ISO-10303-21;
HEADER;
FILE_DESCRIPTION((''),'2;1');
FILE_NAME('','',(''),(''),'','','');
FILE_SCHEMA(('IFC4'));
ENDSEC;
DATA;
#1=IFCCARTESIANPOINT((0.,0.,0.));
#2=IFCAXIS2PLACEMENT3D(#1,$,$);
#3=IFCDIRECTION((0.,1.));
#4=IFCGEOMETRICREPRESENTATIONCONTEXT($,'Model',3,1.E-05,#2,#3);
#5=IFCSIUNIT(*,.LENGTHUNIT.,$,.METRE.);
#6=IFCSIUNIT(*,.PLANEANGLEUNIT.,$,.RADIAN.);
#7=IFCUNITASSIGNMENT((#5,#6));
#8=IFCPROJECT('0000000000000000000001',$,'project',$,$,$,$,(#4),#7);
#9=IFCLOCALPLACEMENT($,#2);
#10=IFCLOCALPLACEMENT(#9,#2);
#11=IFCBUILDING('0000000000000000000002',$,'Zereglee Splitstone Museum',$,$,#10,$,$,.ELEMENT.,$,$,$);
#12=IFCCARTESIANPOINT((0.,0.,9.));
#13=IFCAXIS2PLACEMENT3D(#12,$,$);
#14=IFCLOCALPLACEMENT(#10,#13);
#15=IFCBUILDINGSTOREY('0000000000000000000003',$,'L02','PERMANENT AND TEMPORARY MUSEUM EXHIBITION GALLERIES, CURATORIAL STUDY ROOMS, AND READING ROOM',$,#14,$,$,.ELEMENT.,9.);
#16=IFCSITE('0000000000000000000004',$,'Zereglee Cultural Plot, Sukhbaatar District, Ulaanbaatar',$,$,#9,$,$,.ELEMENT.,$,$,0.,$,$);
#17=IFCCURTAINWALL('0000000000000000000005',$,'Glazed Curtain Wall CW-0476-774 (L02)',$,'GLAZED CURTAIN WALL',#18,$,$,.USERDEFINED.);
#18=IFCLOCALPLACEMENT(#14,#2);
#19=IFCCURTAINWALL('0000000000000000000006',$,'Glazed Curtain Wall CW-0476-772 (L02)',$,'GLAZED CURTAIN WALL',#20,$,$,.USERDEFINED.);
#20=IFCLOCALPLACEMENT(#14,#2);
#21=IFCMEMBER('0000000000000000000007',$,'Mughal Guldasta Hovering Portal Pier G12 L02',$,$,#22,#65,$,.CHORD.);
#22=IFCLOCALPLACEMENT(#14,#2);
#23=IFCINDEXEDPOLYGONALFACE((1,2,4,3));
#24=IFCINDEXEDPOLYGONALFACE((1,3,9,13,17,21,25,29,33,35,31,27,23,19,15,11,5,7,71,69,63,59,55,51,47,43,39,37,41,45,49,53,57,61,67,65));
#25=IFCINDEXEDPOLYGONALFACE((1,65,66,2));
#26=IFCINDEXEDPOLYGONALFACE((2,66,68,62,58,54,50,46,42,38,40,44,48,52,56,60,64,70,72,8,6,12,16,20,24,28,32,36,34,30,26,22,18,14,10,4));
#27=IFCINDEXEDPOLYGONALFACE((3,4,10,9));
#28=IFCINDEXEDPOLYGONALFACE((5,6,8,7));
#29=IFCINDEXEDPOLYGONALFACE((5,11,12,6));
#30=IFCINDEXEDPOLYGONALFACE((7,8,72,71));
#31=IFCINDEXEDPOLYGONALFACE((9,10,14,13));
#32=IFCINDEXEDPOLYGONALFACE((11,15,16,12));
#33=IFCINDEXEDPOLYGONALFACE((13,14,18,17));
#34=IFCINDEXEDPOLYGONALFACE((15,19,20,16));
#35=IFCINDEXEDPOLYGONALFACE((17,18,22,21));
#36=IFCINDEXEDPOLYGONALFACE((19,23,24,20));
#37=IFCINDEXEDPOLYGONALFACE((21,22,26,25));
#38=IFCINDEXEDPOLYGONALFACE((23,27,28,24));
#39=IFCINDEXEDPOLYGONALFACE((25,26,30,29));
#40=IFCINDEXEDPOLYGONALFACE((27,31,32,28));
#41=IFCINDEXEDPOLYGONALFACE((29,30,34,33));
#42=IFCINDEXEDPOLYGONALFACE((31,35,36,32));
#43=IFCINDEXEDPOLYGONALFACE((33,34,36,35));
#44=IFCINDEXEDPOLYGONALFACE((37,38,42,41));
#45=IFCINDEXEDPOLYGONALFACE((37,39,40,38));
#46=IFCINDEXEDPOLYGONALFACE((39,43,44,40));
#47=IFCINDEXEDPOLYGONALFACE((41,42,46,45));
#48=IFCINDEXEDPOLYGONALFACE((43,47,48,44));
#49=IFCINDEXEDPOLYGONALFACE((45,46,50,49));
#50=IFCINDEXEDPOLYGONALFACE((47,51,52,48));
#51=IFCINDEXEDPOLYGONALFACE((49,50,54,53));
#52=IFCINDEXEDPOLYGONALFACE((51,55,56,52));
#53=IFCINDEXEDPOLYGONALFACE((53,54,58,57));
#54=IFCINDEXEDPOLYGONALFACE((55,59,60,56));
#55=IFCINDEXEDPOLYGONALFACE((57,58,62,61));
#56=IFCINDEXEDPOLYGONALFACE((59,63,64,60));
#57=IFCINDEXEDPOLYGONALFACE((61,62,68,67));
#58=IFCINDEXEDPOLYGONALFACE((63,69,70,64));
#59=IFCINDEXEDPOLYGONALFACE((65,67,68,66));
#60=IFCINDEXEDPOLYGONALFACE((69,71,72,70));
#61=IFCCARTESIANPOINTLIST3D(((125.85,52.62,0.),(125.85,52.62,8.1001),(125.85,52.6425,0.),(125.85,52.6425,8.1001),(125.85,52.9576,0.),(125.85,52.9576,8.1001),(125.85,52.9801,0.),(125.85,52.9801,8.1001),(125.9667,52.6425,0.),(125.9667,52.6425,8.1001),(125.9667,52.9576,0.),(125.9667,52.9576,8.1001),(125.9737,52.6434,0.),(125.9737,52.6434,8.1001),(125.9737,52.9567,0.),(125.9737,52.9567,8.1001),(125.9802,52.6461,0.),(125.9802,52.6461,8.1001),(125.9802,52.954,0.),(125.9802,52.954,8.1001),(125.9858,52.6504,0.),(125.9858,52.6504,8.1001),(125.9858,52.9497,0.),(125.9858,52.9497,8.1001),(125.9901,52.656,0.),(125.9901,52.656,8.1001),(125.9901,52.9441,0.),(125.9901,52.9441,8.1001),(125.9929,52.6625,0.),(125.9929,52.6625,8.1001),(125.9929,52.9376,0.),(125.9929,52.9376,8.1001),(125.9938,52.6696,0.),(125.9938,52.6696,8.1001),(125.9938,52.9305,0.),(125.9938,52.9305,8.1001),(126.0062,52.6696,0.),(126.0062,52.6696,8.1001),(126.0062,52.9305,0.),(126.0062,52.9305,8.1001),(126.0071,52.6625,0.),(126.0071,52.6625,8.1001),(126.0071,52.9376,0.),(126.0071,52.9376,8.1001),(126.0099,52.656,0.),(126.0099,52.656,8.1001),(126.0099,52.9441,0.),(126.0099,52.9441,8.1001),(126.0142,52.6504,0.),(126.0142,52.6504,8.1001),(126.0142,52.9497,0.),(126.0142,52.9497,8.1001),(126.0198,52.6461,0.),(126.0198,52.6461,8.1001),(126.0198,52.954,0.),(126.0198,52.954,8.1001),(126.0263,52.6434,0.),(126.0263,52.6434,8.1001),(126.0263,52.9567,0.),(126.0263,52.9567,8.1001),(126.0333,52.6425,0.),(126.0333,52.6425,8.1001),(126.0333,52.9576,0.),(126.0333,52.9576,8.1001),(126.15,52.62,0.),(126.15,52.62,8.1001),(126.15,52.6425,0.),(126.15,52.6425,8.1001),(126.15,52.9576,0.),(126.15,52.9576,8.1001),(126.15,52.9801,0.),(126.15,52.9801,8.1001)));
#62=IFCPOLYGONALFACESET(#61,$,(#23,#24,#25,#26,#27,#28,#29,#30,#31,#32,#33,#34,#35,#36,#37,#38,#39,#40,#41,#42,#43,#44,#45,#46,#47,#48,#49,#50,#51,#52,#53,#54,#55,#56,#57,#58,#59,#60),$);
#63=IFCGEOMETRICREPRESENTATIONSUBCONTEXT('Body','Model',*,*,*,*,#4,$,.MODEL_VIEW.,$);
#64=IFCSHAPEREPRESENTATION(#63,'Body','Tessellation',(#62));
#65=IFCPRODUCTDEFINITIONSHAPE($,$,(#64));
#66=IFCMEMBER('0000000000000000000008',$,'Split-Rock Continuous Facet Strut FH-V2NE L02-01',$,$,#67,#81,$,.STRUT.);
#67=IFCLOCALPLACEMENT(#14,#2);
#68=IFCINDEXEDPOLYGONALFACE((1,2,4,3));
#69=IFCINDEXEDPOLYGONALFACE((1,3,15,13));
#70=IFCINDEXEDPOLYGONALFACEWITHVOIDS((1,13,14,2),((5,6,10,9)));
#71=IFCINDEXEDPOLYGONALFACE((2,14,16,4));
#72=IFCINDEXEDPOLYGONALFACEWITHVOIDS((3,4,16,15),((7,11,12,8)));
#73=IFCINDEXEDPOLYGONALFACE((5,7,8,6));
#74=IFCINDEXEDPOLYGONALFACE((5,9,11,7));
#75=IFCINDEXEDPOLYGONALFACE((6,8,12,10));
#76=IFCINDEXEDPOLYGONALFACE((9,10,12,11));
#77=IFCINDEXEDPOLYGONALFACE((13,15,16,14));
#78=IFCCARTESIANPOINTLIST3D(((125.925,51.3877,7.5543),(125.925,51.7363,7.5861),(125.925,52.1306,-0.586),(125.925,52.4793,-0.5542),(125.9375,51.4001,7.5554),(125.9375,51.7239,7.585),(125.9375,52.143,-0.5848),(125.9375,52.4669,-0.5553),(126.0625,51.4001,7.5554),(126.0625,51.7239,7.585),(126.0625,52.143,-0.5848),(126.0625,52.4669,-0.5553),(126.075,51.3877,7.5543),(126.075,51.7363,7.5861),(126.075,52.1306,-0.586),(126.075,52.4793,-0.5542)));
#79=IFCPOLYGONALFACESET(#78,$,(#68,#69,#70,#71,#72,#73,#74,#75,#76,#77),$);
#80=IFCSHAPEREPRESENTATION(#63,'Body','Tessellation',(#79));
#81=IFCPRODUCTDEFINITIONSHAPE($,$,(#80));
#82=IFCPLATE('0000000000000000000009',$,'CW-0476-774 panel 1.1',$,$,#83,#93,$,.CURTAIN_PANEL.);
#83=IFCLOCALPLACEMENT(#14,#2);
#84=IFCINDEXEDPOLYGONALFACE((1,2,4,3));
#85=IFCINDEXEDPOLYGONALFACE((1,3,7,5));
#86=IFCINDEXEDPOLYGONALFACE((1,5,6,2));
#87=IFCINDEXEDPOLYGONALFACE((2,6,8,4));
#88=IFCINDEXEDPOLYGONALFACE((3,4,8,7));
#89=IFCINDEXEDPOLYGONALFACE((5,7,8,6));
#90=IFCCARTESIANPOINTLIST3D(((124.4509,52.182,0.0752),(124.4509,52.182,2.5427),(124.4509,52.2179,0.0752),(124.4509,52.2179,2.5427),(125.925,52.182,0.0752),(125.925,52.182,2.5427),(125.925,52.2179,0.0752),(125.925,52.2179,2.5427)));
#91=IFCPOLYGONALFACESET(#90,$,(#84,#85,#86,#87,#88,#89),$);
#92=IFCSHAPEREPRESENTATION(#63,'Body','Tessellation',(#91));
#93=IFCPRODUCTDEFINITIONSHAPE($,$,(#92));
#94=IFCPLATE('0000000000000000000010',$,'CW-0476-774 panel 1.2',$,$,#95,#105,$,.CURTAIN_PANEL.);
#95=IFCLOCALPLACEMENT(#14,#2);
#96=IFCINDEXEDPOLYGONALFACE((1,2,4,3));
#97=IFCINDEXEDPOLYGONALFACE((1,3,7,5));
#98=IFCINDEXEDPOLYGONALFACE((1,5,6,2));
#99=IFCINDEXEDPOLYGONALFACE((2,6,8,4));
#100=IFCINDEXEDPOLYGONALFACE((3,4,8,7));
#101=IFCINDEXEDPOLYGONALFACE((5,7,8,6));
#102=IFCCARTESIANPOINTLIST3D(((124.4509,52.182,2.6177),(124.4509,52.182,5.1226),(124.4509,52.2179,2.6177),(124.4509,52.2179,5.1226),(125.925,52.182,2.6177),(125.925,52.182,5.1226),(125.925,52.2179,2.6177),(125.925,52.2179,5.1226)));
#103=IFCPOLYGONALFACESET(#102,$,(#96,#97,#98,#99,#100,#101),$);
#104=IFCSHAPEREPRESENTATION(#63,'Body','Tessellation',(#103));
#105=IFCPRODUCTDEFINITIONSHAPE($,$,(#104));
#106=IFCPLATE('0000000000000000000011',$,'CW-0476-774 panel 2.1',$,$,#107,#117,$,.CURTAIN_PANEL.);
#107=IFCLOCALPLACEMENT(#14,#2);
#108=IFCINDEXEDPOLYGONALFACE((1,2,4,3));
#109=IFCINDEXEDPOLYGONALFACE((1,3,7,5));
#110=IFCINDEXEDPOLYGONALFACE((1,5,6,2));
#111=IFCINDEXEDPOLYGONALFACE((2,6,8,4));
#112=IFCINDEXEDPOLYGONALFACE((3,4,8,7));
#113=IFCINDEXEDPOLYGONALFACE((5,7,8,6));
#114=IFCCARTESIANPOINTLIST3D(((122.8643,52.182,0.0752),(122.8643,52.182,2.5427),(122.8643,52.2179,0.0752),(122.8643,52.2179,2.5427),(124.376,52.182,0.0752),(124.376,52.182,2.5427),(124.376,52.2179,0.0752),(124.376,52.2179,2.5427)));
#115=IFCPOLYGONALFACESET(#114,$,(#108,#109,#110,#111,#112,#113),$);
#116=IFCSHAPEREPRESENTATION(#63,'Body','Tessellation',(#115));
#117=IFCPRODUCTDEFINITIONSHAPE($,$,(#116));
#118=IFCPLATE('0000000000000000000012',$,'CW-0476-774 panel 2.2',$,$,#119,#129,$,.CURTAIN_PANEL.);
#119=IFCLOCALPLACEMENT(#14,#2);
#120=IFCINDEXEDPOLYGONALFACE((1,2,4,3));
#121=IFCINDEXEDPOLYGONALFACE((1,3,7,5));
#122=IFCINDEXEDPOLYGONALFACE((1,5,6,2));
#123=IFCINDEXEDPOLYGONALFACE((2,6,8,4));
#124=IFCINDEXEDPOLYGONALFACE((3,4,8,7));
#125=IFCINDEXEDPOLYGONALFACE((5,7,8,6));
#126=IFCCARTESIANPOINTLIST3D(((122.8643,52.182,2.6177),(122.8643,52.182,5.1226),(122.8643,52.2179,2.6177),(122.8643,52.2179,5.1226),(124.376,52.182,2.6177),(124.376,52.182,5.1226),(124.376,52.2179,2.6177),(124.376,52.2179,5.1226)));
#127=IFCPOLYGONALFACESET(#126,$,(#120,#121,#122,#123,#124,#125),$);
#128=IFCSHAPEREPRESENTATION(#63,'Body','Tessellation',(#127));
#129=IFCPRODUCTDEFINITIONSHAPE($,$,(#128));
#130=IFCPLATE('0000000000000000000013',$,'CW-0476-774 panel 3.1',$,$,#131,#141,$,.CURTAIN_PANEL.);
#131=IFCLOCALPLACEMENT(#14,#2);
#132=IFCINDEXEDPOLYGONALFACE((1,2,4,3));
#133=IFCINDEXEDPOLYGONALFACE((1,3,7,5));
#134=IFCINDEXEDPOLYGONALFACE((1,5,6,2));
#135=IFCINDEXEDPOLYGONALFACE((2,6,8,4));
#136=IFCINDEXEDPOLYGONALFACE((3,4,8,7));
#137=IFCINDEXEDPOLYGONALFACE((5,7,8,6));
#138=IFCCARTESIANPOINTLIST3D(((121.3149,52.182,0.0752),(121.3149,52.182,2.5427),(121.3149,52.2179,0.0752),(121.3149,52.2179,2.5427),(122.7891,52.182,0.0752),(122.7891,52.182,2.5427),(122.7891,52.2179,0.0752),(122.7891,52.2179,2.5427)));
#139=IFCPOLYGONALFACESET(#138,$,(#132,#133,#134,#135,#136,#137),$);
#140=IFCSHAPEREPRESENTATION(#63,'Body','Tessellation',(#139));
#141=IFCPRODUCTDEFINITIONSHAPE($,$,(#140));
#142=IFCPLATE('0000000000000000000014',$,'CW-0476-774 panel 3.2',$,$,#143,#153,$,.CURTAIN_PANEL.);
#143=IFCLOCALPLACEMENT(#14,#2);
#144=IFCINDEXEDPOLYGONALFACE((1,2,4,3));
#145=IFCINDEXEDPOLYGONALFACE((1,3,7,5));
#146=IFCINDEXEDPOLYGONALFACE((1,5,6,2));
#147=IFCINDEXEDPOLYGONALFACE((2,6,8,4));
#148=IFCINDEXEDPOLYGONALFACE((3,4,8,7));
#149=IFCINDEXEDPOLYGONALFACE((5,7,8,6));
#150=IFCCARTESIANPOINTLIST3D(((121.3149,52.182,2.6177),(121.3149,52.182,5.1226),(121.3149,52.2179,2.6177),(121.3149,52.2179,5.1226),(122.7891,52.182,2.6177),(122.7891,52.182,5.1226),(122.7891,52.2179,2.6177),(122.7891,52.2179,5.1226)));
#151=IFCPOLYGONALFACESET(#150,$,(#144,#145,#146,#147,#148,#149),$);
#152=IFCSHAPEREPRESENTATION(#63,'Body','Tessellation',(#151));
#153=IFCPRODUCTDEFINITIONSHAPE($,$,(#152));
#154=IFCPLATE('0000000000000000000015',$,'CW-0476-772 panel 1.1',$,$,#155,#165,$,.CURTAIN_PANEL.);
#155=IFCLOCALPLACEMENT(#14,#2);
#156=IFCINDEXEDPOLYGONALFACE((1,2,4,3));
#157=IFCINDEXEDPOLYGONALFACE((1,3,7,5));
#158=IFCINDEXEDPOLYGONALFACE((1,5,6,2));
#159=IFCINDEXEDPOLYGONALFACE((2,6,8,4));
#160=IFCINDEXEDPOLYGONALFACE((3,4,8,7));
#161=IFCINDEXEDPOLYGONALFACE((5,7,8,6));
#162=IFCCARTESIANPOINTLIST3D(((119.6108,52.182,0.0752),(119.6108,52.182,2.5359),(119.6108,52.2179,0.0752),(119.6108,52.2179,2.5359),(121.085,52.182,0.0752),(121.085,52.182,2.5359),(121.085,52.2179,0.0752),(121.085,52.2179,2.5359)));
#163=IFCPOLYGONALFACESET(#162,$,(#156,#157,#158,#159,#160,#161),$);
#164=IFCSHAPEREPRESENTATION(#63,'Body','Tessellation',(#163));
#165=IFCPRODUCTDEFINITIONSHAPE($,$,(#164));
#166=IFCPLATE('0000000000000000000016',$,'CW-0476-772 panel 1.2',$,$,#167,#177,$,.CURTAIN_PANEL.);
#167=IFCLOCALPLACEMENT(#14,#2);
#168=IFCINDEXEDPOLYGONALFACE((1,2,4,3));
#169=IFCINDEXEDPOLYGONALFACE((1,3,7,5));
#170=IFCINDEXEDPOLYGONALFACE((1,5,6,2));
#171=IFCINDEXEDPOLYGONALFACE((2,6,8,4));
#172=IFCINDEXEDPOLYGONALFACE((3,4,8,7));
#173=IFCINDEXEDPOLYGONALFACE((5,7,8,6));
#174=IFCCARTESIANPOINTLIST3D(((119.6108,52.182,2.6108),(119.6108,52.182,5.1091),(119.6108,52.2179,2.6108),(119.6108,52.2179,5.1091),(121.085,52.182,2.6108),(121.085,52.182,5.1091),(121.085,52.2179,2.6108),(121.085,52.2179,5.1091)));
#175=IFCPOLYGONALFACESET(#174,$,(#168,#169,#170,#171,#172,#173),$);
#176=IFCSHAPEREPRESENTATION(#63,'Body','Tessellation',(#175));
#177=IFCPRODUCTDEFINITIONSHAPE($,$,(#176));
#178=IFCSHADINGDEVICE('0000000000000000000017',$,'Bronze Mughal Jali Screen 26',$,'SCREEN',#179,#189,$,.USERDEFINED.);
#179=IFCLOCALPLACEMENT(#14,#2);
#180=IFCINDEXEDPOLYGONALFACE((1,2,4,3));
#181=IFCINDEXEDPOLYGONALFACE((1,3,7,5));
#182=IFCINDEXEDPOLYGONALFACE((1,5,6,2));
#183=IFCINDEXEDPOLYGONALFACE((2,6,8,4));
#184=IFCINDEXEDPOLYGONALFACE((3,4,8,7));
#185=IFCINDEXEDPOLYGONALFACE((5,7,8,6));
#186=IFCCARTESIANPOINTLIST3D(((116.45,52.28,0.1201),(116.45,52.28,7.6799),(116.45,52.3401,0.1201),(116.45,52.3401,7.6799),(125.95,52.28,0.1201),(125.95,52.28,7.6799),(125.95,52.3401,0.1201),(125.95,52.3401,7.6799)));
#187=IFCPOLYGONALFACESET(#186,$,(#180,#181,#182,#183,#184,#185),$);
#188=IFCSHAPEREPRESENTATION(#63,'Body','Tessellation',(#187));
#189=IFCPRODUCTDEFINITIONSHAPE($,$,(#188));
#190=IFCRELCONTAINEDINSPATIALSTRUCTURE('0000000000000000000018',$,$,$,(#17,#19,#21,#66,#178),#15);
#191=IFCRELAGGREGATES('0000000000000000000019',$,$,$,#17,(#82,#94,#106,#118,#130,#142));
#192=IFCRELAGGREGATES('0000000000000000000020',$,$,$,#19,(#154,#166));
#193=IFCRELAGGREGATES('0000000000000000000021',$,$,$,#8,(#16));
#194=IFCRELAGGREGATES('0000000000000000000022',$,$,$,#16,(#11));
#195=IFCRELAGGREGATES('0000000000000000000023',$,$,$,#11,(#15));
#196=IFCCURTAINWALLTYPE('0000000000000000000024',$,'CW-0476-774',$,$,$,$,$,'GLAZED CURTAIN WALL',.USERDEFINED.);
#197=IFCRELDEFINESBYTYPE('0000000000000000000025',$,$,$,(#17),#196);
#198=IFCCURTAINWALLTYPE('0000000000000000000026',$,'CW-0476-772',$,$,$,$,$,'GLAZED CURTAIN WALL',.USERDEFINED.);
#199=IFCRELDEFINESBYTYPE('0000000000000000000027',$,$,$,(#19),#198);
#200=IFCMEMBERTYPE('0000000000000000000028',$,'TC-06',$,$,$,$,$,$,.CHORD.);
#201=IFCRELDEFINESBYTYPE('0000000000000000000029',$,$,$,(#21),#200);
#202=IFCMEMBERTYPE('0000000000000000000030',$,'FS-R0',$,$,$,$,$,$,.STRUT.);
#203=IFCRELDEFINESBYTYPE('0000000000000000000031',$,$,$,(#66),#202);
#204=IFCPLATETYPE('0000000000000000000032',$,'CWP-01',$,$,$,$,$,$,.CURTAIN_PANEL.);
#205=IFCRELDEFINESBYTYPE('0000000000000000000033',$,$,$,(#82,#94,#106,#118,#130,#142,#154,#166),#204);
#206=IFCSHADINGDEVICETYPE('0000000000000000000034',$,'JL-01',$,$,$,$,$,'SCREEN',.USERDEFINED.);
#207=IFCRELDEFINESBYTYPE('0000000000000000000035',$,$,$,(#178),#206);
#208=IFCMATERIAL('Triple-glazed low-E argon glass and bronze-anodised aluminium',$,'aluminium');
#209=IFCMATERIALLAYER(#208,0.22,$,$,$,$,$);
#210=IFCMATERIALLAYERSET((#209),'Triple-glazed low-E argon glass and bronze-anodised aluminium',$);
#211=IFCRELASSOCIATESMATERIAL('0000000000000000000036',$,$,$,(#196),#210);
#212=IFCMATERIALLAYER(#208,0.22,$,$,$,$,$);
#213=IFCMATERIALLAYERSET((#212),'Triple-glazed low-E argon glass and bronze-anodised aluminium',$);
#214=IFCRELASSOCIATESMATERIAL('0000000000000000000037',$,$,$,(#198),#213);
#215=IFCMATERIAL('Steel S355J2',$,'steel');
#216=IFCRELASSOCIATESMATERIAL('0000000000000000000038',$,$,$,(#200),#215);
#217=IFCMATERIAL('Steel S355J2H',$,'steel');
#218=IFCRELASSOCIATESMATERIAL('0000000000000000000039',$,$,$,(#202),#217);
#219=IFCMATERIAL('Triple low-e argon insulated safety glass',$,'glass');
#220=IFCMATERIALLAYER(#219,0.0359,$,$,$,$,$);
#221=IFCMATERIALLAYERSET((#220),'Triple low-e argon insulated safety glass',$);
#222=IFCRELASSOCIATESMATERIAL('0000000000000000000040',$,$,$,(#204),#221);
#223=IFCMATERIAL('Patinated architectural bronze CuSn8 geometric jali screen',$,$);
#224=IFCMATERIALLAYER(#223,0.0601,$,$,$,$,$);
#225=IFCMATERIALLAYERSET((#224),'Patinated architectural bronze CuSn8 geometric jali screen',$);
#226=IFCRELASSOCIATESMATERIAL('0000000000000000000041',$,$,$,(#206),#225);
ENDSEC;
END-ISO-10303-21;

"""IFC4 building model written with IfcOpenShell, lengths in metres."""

from ifc_helpers import new_model, si_unit, direction, frame, origin, origin_2d, place, context, subcontext, project, spatial, polyline, rectangle, hollow_rectangle, i_section, outline, extrude, material, layer, layer_set, material_profile, profile_set, type_object, element, aggregate, save


model = new_model("IFC4")

# Units and contexts
model_context = context("Model", 3, precision=1e-05, world=origin(), true_north=direction((0.0, 1.0)))
body_context = subcontext(model_context, "Body", "Model", "MODEL_VIEW")
ifc_project = project(units=[si_unit("LENGTHUNIT", "METRE"), si_unit("PLANEANGLEUNIT", "RADIAN")], contexts=[model_context])

# Site, building, storey
site_placement = place(None, origin())
site = spatial("IfcSite", under=ifc_project, at=site_placement, Name="Zereglee Cultural Plot, Sukhbaatar District, Ulaanbaatar", CompositionType="ELEMENT", RefElevation=0.0)
building_placement = place(site_placement, origin())
building = spatial("IfcBuilding", under=site, at=building_placement, Name="Zereglee Splitstone Museum", CompositionType="ELEMENT")
storey_placement = place(building_placement, frame((0.0, 0.0, 9.0)))
storey = spatial("IfcBuildingStorey", under=building, at=storey_placement, Name="L02", Description="PERMANENT AND TEMPORARY MUSEUM EXHIBITION GALLERIES, CURATORIAL STUDY ROOMS, AND READING ROOM", CompositionType="ELEMENT", Elevation=9.0)

# Curtain walls
ifc_material_1 = material(Name="Triple-glazed low-E argon glass and bronze-anodised aluminium", Category="aluminium")
ifc_layer_1 = layer(ifc_material_1, 0.22)
ifc_layer_set_1 = layer_set([ifc_layer_1], Name="Triple-glazed low-E argon glass and bronze-anodised aluminium")
curtain_wall_type_1 = type_object("IfcCurtainWallType", Name="CW-0476-774", ElementType="GLAZED CURTAIN WALL", PredefinedType="USERDEFINED", material=ifc_layer_set_1)
curtain_wall_1_placement = place(storey_placement, origin())
curtain_wall_1 = element("IfcCurtainWall", 1, at=curtain_wall_1_placement, inside=storey, type_object=curtain_wall_type_1, Name="Glazed Curtain Wall CW-0476-774 (L02)", ObjectType="GLAZED CURTAIN WALL", PredefinedType="USERDEFINED")
ifc_layer_2 = layer(ifc_material_1, 0.22)
ifc_layer_set_2 = layer_set([ifc_layer_2], Name="Triple-glazed low-E argon glass and bronze-anodised aluminium")
curtain_wall_type_2 = type_object("IfcCurtainWallType", Name="CW-0476-772", ElementType="GLAZED CURTAIN WALL", PredefinedType="USERDEFINED", material=ifc_layer_set_2)
curtain_wall_2_placement = place(storey_placement, origin())
curtain_wall_2 = element("IfcCurtainWall", 2, at=curtain_wall_2_placement, inside=storey, type_object=curtain_wall_type_2, Name="Glazed Curtain Wall CW-0476-772 (L02)", ObjectType="GLAZED CURTAIN WALL", PredefinedType="USERDEFINED")

# Members
ifc_material_2 = material(Name="Steel S355J2", Category="steel")
ifc_material_profile_1 = material_profile(ifc_material_2, i_section(OverallWidth=0.3, OverallDepth=0.3601, WebThickness=0.0125, FlangeThickness=0.0225, FilletRadius=0.0271, at=origin_2d()), Name="HE 360 B")
ifc_profile_set_1 = profile_set([ifc_material_profile_1], Name="Steel S355J2")
member_type_1 = type_object("IfcMemberType", Name="TC-06", PredefinedType="CHORD", material=ifc_profile_set_1)
for number, where, z_axis, x_axis, name in (
    (3, (126.0, 52.8, 0.0), (0.0, 0.0, 1.0), (1.0, 0.0, 0.0), "Mughal Guldasta Hovering Portal Pier G12 L02"),
):
    element("IfcMember", number, at=place(storey_placement, frame(where, z_axis=z_axis, x_axis=x_axis)), inside=storey, type_object=member_type_1, Name=name, PredefinedType="CHORD", context=body_context, shape_type="SweptSolid", body=[
        extrude(i_section(OverallWidth=0.3, OverallDepth=0.3601, WebThickness=0.0125, FlangeThickness=0.0225, FilletRadius=0.0271, at=origin_2d()), origin(), (0.0, 0.0, 1.0), 8.1001),
    ])
ifc_material_3 = material(Name="Steel S355J2H", Category="steel")
ifc_material_profile_2 = material_profile(ifc_material_3, hollow_rectangle(XDim=0.1499, YDim=0.3501, WallThickness=0.0125, at=origin_2d()), Name="RHS 350x150x12.5")
ifc_profile_set_2 = profile_set([ifc_material_profile_2], Name="Steel S355J2H")
member_type_2 = type_object("IfcMemberType", Name="FS-R0", PredefinedType="STRUT", material=ifc_profile_set_2)
member_1_placement = place(storey_placement, frame((126.0, 52.3049, -0.5701), z_axis=(0.0, -0.090889, 0.995861), x_axis=(1.0, 0.0, 0.0)))
element("IfcMember", 4, at=member_1_placement, inside=storey, type_object=member_type_2, Name="Split-Rock Continuous Facet Strut FH-V2NE L02-01", PredefinedType="STRUT", context=body_context, shape_type="SweptSolid", body=[
    extrude(hollow_rectangle(XDim=0.1499, YDim=0.3501, WallThickness=0.0125, at=origin_2d()), origin(), (0.0, 0.0, 1.0), 8.1741),
])

# Plates
ifc_material_4 = material(Name="Triple low-e argon insulated safety glass", Category="glass")
ifc_layer_3 = layer(ifc_material_4, 0.0359)
ifc_layer_set_3 = layer_set([ifc_layer_3], Name="Triple low-e argon insulated safety glass")
plate_type = type_object("IfcPlateType", Name="CWP-01", PredefinedType="CURTAIN_PANEL", material=ifc_layer_set_3)
plate_1_placement = place(storey_placement, frame((125.188, 52.2, 0.0752), z_axis=(0.0, 0.0, 1.0), x_axis=(-1.0, 0.0, 0.0)))
plate_1 = element("IfcPlate", 5, at=plate_1_placement, type_object=plate_type, Name="CW-0476-774 panel 1.1", PredefinedType="CURTAIN_PANEL", context=body_context, shape_type="SweptSolid", body=[
    extrude(rectangle(XDim=1.4741, YDim=0.0359, at=origin_2d()), origin(), (0.0, 0.0, 1.0), 2.4675),
])
plate_2_placement = place(storey_placement, frame((125.188, 52.2, 2.6177), z_axis=(0.0, 0.0, 1.0), x_axis=(-1.0, 0.0, 0.0)))
plate_2 = element("IfcPlate", 6, at=plate_2_placement, type_object=plate_type, Name="CW-0476-774 panel 1.2", PredefinedType="CURTAIN_PANEL", context=body_context, shape_type="SweptSolid", body=[
    extrude(rectangle(XDim=1.4741, YDim=0.0359, at=origin_2d()), origin(), (0.0, 0.0, 1.0), 2.5049),
])
plate_3_placement = place(storey_placement, frame((123.6201, 52.2, 0.0752), z_axis=(0.0, 0.0, 1.0), x_axis=(-1.0, 0.0, 0.0)))
plate_3 = element("IfcPlate", 7, at=plate_3_placement, type_object=plate_type, Name="CW-0476-774 panel 2.1", PredefinedType="CURTAIN_PANEL", context=body_context, shape_type="SweptSolid", body=[
    extrude(rectangle(XDim=1.5117, YDim=0.0359, at=origin_2d()), origin(), (0.0, 0.0, 1.0), 2.4675),
])
plate_4_placement = place(storey_placement, frame((123.6201, 52.2, 2.6177), z_axis=(0.0, 0.0, 1.0), x_axis=(-1.0, 0.0, 0.0)))
plate_4 = element("IfcPlate", 8, at=plate_4_placement, type_object=plate_type, Name="CW-0476-774 panel 2.2", PredefinedType="CURTAIN_PANEL", context=body_context, shape_type="SweptSolid", body=[
    extrude(rectangle(XDim=1.5117, YDim=0.0359, at=origin_2d()), origin(), (0.0, 0.0, 1.0), 2.5049),
])
plate_5_placement = place(storey_placement, frame((122.052, 52.2, 0.0752), z_axis=(0.0, 0.0, 1.0), x_axis=(-1.0, 0.0, 0.0)))
plate_5 = element("IfcPlate", 9, at=plate_5_placement, type_object=plate_type, Name="CW-0476-774 panel 3.1", PredefinedType="CURTAIN_PANEL", context=body_context, shape_type="SweptSolid", body=[
    extrude(rectangle(XDim=1.4741, YDim=0.0359, at=origin_2d()), origin(), (0.0, 0.0, 1.0), 2.4675),
])
plate_6_placement = place(storey_placement, frame((122.052, 52.2, 2.6177), z_axis=(0.0, 0.0, 1.0), x_axis=(-1.0, 0.0, 0.0)))
plate_6 = element("IfcPlate", 10, at=plate_6_placement, type_object=plate_type, Name="CW-0476-774 panel 3.2", PredefinedType="CURTAIN_PANEL", context=body_context, shape_type="SweptSolid", body=[
    extrude(rectangle(XDim=1.4741, YDim=0.0359, at=origin_2d()), origin(), (0.0, 0.0, 1.0), 2.5049),
])
aggregate(curtain_wall_1, [plate_1, plate_2, plate_3, plate_4, plate_5, plate_6])
plate_7_placement = place(storey_placement, frame((120.3479, 52.2, 0.0752), z_axis=(0.0, 0.0, 1.0), x_axis=(-1.0, 0.0, 0.0)))
plate_7 = element("IfcPlate", 11, at=plate_7_placement, type_object=plate_type, Name="CW-0476-772 panel 1.1", PredefinedType="CURTAIN_PANEL", context=body_context, shape_type="SweptSolid", body=[
    extrude(rectangle(XDim=1.4741, YDim=0.0359, at=origin_2d()), origin(), (0.0, 0.0, 1.0), 2.4607),
])
plate_8_placement = place(storey_placement, frame((120.3479, 52.2, 2.6108), z_axis=(0.0, 0.0, 1.0), x_axis=(-1.0, 0.0, 0.0)))
plate_8 = element("IfcPlate", 12, at=plate_8_placement, type_object=plate_type, Name="CW-0476-772 panel 1.2", PredefinedType="CURTAIN_PANEL", context=body_context, shape_type="SweptSolid", body=[
    extrude(rectangle(XDim=1.4741, YDim=0.0359, at=origin_2d()), origin(), (0.0, 0.0, 1.0), 2.4983),
])
aggregate(curtain_wall_2, [plate_7, plate_8])

# Shading device
ifc_material_5 = material(Name="Patinated architectural bronze CuSn8 geometric jali screen")
ifc_layer_4 = layer(ifc_material_5, 0.0601)
ifc_layer_set_4 = layer_set([ifc_layer_4], Name="Patinated architectural bronze CuSn8 geometric jali screen")
shading_device_type = type_object("IfcShadingDeviceType", Name="JL-01", ElementType="SCREEN", PredefinedType="USERDEFINED", material=ifc_layer_set_4)
for number, where, z_axis, x_axis, name in (
    (13, (125.95, 52.28, 0.1201), (0.0, 1.0, 0.0), (-1.0, 0.0, 0.0), "Bronze Mughal Jali Screen 26"),
):
    element("IfcShadingDevice", number, at=place(storey_placement, frame(where, z_axis=z_axis, x_axis=x_axis)), inside=storey, type_object=shading_device_type, Name=name, ObjectType="SCREEN", PredefinedType="USERDEFINED", context=body_context, shape_type="SweptSolid", body=[
        extrude(outline(polyline([(0.0, 0.0), (9.5, 0.0), (9.5, 7.5598), (0.0, 7.5598), (0.0, 0.0)])), origin(), (0.0, 0.0, 1.0), 0.0601),
    ])

save(model, "model.ifc")
